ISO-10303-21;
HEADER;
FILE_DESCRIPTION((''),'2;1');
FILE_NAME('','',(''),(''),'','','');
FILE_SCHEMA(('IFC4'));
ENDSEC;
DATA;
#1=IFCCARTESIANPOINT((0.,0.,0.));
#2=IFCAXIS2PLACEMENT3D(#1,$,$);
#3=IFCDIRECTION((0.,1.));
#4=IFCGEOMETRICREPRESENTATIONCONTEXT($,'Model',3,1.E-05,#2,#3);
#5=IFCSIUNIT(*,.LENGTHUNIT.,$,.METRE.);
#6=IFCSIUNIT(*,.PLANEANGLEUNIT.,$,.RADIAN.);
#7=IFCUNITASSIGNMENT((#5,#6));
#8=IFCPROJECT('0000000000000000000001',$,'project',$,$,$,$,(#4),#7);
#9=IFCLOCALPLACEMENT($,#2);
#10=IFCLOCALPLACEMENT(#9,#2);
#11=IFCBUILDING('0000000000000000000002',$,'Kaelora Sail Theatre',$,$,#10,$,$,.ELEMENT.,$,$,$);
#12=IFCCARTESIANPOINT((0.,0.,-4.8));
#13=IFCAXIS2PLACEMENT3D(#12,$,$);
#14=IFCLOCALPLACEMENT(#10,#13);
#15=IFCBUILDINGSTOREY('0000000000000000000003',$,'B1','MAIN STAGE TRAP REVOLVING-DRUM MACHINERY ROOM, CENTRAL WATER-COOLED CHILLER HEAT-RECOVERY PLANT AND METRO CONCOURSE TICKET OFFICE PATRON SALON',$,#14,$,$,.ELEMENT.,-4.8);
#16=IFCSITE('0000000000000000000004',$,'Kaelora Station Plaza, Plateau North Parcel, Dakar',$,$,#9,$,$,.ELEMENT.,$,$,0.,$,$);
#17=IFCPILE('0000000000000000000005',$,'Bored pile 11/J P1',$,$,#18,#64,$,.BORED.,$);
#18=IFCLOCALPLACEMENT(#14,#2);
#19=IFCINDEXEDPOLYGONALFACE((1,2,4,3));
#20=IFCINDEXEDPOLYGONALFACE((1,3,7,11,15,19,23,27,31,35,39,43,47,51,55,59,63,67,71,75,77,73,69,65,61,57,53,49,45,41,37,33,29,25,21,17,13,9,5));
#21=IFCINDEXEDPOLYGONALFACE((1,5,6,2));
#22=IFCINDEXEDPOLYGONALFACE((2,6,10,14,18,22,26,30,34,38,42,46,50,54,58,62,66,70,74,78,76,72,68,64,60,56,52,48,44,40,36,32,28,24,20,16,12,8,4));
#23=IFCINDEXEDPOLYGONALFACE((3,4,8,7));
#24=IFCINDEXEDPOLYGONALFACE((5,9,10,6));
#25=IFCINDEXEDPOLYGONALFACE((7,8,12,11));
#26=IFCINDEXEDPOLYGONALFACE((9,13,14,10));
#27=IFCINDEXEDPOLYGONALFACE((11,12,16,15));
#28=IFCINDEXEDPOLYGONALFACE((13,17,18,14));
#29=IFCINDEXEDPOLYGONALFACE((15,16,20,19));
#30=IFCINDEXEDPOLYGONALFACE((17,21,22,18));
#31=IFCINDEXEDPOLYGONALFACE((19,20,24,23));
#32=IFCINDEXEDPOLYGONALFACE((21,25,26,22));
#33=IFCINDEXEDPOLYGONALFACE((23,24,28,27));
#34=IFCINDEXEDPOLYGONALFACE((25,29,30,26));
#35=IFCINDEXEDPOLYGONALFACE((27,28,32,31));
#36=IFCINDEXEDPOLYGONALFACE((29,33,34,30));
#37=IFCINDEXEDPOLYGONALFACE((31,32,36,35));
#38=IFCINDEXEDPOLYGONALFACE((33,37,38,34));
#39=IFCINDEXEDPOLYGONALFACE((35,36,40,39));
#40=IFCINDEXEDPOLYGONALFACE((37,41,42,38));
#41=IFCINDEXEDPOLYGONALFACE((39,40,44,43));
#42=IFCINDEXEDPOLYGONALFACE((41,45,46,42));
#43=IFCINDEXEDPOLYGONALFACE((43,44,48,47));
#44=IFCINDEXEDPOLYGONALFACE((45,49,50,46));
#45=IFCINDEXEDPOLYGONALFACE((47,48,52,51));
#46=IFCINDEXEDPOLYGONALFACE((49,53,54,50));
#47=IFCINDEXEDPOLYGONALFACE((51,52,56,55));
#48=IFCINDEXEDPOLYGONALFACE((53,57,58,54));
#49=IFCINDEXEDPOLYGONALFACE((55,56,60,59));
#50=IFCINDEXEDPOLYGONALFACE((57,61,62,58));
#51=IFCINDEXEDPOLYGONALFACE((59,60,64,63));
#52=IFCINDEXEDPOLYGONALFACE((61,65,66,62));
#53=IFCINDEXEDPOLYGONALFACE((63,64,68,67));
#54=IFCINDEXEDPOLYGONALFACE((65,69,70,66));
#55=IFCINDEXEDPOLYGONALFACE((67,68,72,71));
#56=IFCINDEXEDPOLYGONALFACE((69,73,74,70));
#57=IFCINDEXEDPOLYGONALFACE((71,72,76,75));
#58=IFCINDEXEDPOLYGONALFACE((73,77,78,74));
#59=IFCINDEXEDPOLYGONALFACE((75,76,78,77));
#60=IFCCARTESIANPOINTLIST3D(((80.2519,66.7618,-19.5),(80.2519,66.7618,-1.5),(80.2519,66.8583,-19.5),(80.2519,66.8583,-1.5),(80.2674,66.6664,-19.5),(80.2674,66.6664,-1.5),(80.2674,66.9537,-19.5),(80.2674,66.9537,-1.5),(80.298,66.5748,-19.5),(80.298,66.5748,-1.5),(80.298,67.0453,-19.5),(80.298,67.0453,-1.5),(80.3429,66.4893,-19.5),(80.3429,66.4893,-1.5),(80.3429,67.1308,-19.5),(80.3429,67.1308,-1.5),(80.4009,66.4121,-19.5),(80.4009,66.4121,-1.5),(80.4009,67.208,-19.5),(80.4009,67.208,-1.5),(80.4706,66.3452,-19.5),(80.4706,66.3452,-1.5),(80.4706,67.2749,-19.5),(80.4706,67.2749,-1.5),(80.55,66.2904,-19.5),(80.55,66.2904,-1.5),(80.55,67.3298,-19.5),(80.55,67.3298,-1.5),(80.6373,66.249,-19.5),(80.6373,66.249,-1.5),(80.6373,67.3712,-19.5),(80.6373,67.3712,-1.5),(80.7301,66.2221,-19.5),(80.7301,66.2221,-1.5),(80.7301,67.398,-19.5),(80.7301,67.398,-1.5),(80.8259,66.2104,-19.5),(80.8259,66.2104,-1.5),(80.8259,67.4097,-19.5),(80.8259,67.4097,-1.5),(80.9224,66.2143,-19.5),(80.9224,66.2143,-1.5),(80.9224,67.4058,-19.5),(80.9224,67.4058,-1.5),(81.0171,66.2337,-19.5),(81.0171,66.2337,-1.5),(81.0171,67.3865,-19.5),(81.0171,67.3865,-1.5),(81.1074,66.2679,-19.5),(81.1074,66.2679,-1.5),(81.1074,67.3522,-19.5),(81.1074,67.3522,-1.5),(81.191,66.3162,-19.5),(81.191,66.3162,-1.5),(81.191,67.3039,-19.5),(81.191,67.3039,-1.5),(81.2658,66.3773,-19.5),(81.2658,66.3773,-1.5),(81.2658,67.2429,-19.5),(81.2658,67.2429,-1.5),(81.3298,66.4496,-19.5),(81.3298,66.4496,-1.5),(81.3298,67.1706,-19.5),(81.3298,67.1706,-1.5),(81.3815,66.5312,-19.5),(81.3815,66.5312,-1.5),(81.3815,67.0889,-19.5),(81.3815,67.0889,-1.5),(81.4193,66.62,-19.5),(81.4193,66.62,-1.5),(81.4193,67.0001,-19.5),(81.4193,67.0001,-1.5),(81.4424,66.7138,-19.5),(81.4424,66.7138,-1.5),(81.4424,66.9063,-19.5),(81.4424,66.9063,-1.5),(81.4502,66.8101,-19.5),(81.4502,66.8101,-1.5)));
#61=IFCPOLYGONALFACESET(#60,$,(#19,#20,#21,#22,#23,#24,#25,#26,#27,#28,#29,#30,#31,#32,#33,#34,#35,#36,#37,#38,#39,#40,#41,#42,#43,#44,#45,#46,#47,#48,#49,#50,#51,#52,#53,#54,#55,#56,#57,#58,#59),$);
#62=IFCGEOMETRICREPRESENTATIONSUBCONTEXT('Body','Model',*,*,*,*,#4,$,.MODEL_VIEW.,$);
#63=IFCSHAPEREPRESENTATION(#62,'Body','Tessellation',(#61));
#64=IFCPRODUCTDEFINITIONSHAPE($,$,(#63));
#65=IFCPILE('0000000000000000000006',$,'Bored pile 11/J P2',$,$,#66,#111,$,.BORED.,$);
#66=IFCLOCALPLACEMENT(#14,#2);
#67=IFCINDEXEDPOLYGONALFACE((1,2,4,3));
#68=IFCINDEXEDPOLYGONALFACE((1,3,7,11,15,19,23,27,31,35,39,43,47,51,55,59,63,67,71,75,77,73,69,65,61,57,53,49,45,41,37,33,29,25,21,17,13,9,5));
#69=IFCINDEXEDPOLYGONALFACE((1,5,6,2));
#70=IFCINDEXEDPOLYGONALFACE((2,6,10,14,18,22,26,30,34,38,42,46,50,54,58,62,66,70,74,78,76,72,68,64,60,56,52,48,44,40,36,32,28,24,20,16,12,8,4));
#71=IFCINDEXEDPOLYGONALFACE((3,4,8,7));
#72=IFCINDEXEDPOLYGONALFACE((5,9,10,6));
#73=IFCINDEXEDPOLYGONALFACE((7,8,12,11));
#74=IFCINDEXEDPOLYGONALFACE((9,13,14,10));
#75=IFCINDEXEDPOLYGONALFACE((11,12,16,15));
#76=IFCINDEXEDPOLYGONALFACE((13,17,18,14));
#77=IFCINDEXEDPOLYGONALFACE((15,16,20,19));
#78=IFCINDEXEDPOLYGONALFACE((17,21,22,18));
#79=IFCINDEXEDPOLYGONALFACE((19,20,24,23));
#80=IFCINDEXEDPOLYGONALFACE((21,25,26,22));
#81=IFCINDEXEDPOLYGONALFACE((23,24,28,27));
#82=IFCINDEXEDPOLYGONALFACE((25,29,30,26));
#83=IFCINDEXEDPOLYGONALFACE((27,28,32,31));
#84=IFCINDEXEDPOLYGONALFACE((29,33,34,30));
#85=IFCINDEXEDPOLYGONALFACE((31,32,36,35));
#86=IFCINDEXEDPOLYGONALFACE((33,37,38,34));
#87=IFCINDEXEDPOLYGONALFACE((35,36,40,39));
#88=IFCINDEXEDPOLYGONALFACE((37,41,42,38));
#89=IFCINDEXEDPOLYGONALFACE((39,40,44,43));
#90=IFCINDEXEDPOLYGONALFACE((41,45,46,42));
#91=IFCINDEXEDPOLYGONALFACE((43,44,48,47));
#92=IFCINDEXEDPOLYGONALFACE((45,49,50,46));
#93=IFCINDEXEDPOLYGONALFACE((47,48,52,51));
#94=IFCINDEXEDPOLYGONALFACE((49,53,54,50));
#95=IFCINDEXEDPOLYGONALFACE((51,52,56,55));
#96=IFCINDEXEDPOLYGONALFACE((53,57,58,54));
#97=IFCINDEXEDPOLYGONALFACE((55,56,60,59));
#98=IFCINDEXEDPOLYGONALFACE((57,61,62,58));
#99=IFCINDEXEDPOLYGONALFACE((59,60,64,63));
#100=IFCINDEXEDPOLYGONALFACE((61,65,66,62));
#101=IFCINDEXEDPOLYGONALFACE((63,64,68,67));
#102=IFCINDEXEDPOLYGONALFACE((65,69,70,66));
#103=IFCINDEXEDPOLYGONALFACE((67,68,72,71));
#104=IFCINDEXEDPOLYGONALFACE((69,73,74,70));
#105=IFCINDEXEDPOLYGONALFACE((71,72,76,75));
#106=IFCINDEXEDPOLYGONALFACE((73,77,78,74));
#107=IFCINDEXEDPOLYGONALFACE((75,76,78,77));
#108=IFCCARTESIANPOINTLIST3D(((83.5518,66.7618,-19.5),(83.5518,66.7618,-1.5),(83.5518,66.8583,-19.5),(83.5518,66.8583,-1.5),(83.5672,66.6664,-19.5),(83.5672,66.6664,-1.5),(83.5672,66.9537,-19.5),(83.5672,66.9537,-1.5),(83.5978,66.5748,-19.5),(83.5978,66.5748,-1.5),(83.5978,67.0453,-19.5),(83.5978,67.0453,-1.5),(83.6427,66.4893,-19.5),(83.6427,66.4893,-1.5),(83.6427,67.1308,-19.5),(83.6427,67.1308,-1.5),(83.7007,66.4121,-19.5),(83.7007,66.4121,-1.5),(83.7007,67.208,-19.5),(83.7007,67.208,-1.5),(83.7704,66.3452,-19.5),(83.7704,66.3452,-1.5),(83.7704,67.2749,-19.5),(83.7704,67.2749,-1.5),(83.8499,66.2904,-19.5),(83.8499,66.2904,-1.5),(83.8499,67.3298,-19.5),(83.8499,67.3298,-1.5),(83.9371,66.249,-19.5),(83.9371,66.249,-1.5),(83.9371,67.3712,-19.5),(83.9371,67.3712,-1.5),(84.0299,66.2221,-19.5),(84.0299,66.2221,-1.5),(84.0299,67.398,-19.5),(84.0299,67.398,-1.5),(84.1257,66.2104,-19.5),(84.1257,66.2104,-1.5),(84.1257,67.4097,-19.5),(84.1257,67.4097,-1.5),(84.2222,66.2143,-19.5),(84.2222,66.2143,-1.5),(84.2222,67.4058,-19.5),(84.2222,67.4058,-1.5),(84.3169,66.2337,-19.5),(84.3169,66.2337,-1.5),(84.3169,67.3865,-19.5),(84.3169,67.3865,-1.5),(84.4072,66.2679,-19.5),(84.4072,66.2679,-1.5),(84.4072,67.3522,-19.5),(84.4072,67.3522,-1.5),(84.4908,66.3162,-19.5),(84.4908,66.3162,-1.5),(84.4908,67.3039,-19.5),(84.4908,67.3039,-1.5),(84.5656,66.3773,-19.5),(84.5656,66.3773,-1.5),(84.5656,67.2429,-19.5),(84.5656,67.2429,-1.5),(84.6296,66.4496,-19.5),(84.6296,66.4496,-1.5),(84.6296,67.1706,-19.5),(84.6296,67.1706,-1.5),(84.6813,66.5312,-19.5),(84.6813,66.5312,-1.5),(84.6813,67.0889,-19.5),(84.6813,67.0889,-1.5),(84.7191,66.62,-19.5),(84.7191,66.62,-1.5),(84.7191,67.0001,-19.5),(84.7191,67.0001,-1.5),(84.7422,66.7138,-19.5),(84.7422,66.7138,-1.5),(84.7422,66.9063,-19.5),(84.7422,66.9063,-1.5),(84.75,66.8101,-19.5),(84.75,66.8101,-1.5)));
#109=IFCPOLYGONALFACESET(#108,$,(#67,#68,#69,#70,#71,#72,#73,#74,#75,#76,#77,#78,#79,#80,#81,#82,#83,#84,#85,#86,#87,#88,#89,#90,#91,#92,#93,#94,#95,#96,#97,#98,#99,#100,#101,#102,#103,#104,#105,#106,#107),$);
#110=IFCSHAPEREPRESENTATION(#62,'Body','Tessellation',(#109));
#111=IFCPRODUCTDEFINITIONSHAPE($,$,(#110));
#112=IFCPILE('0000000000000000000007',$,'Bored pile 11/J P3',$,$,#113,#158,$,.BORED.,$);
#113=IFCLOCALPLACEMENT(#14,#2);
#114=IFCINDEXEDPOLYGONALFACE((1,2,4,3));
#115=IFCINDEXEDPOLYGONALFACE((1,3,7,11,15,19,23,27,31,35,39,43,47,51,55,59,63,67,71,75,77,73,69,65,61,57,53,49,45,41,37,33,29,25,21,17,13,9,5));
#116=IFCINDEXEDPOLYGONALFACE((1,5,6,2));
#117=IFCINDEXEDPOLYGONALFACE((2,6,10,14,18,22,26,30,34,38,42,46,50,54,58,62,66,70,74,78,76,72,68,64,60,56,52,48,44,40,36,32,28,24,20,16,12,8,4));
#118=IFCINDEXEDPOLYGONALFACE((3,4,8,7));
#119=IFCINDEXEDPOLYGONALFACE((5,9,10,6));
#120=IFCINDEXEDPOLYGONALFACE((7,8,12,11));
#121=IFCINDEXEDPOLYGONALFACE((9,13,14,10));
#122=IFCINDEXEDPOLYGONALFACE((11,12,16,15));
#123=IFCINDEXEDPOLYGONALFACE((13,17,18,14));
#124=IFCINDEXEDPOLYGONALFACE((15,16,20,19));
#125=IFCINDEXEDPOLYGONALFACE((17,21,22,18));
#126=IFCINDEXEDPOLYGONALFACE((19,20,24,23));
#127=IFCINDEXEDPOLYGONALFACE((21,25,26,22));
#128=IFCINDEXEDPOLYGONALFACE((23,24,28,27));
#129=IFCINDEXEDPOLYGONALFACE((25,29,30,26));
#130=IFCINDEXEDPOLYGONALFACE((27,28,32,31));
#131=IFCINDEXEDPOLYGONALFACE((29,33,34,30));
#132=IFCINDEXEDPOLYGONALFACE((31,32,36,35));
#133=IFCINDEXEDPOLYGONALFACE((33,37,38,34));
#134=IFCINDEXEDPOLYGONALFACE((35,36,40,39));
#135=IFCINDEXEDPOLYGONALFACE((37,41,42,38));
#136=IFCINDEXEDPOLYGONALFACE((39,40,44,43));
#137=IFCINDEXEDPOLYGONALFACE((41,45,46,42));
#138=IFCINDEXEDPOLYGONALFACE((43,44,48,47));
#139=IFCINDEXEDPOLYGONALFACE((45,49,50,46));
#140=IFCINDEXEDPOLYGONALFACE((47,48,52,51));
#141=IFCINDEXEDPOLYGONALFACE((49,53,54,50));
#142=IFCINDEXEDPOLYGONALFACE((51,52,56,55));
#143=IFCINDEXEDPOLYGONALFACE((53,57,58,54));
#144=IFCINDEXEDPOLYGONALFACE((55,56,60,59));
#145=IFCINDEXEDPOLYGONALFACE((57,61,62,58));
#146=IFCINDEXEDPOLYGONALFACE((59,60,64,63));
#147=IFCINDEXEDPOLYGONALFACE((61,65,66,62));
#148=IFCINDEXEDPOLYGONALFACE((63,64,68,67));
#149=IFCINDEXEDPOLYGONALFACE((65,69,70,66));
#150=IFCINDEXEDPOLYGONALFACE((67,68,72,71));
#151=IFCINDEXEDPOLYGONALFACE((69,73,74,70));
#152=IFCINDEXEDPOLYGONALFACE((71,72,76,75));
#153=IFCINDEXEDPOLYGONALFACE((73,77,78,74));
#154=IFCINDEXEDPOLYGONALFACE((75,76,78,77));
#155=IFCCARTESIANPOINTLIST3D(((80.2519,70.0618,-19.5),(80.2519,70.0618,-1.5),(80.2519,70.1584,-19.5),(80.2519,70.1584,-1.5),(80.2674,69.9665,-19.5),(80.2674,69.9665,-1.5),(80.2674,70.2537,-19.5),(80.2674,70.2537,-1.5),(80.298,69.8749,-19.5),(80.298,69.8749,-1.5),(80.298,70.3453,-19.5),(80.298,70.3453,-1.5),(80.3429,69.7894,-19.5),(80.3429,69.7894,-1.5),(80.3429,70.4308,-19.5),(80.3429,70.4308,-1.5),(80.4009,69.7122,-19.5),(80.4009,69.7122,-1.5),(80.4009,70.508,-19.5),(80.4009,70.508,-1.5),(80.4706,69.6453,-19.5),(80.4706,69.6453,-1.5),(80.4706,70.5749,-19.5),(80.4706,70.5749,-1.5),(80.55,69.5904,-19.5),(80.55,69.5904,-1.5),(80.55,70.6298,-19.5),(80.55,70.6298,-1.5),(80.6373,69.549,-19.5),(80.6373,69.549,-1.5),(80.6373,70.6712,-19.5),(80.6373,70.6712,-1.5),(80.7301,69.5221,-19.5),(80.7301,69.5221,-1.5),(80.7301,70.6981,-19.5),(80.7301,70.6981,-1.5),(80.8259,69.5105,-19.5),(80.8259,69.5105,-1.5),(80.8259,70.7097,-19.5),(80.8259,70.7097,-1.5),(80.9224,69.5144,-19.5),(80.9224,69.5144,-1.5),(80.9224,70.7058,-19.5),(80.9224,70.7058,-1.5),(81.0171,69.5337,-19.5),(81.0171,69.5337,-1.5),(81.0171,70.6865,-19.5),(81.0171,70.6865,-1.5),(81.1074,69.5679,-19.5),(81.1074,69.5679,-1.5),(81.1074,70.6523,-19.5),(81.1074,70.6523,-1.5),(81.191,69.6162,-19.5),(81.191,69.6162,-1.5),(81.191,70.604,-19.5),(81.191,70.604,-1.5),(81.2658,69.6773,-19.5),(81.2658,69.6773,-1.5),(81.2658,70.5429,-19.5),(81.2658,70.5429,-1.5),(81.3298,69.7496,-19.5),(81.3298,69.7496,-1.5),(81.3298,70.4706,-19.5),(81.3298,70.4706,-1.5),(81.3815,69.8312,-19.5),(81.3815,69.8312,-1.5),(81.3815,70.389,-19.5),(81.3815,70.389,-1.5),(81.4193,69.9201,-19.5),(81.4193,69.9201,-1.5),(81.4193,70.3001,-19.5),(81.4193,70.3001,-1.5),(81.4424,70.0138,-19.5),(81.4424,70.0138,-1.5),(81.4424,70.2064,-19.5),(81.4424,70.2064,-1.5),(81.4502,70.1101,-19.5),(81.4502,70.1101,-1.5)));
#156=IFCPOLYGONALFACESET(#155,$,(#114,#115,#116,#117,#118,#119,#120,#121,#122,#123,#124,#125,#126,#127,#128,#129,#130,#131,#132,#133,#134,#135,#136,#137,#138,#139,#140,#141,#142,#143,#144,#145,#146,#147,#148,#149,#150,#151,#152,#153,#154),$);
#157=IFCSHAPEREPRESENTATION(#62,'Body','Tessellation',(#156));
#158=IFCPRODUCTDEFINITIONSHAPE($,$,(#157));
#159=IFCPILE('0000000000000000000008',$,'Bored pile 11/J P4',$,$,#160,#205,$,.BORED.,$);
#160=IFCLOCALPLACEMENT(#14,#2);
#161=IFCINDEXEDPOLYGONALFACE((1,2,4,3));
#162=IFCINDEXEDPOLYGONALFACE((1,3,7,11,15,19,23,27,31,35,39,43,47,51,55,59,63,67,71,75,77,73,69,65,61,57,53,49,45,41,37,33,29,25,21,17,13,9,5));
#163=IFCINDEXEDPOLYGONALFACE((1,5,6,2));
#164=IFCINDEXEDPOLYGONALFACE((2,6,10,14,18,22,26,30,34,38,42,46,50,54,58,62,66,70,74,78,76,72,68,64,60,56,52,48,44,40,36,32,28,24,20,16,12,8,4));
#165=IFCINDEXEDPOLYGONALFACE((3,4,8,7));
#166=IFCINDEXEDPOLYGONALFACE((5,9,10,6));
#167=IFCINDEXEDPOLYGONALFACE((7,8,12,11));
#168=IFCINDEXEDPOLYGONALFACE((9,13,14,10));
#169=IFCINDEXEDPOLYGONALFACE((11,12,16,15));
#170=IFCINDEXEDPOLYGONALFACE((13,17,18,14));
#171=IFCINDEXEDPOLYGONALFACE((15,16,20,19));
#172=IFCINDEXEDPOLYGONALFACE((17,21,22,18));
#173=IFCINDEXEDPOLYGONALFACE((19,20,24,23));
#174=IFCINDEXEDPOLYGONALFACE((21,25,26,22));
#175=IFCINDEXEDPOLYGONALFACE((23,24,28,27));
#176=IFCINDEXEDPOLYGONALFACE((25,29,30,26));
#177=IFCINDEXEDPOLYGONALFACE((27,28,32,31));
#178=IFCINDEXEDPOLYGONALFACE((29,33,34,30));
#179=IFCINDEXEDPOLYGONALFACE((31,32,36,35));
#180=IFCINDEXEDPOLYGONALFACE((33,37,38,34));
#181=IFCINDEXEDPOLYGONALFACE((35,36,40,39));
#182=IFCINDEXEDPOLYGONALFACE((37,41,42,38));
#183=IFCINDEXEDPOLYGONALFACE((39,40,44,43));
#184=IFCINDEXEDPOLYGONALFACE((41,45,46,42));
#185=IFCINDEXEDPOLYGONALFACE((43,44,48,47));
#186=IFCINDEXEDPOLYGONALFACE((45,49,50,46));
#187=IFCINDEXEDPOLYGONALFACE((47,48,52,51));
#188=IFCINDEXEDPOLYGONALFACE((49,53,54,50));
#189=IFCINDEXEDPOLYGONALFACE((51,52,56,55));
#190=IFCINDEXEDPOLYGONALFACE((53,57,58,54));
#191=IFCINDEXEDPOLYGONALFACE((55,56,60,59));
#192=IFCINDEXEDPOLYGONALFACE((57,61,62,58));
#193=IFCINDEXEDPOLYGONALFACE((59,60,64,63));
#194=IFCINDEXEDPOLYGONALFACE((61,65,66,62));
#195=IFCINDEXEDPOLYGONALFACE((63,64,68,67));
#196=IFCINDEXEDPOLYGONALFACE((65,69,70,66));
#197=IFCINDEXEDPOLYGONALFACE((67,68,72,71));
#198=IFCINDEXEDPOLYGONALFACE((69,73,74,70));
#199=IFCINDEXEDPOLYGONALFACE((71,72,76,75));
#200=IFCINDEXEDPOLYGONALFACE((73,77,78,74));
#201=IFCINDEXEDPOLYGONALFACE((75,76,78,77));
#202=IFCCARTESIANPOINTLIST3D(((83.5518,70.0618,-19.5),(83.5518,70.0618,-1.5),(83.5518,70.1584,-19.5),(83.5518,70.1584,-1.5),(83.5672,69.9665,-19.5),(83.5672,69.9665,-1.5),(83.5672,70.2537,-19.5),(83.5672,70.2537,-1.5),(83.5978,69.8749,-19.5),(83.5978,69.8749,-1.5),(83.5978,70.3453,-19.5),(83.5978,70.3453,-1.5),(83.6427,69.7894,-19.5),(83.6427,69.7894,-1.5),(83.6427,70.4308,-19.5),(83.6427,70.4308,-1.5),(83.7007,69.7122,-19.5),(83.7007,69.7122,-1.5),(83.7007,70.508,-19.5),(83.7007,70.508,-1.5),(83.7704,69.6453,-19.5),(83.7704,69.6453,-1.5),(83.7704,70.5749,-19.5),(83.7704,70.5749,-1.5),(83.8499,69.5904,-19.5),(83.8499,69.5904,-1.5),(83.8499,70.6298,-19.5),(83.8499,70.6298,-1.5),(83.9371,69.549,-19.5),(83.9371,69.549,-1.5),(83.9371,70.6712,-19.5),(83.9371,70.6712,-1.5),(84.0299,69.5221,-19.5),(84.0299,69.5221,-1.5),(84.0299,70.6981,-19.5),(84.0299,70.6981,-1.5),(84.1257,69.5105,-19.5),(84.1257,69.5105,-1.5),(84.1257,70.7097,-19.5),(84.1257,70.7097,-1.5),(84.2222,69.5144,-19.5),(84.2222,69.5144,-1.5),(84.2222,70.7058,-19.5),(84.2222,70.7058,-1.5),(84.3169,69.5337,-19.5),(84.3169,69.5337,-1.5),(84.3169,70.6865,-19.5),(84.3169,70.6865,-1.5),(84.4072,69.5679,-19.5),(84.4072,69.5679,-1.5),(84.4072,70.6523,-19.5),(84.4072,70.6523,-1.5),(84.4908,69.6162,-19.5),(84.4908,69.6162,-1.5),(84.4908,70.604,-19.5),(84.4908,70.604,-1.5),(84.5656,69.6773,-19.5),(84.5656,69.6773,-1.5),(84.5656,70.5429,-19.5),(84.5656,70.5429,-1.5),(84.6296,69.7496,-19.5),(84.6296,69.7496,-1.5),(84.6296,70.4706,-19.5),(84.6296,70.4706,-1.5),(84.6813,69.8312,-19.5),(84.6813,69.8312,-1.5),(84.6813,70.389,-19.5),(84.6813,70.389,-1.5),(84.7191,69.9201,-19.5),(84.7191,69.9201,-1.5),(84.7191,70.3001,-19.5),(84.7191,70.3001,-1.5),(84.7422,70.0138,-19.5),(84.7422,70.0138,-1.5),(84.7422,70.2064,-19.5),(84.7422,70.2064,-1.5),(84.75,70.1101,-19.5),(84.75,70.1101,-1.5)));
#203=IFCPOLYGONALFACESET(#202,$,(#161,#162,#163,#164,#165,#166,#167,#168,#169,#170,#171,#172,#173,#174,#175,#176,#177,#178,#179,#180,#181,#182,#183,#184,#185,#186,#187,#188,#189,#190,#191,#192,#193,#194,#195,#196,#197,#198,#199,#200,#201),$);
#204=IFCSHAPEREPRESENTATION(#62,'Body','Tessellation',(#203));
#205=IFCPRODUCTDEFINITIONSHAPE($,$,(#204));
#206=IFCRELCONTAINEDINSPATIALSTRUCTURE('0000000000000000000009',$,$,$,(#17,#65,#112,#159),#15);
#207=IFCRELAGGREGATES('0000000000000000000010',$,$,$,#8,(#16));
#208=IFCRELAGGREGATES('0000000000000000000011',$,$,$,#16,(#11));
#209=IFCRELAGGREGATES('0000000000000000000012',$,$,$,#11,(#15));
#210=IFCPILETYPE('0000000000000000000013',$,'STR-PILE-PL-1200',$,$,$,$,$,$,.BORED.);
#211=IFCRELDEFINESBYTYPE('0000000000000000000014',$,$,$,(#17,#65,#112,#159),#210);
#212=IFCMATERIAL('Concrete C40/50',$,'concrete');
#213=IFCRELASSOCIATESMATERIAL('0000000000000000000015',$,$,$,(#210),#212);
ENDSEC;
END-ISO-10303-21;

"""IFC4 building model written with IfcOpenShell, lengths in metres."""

from ifc_helpers import new_model, si_unit, direction, frame, origin, origin_2d, place, context, subcontext, project, spatial, circle, extrude, material, material_profile, profile_set, type_object, element, save


model = new_model("IFC4")

# Units and contexts
model_context = context("Model", 3, precision=1e-05, world=origin(), true_north=direction((0.0, 1.0)))
body_context = subcontext(model_context, "Body", "Model", "MODEL_VIEW")
ifc_project = project(units=[si_unit("LENGTHUNIT", "METRE"), si_unit("PLANEANGLEUNIT", "RADIAN")], contexts=[model_context])

# Site, building, storey
site_placement = place(None, origin())
site = spatial("IfcSite", under=ifc_project, at=site_placement, Name="Kaelora Station Plaza, Plateau North Parcel, Dakar", CompositionType="ELEMENT", RefElevation=0.0)
building_placement = place(site_placement, origin())
building = spatial("IfcBuilding", under=site, at=building_placement, Name="Kaelora Sail Theatre", CompositionType="ELEMENT")
storey_placement = place(building_placement, frame((0.0, 0.0, -4.8)))
storey = spatial("IfcBuildingStorey", under=building, at=storey_placement, Name="B1", Description="MAIN STAGE TRAP REVOLVING-DRUM MACHINERY ROOM, CENTRAL WATER-COOLED CHILLER HEAT-RECOVERY PLANT AND METRO CONCOURSE TICKET OFFICE PATRON SALON", CompositionType="ELEMENT", Elevation=-4.8)

# Piles
ifc_material_1 = material(Name="Concrete C40/50", Category="concrete")
ifc_material_profile_1 = material_profile(ifc_material_1, circle(Radius=0.6001, at=origin_2d()), Name="PILE D1200")
ifc_profile_set_1 = profile_set([ifc_material_profile_1], Name="Concrete C40/50")
pile_type_1 = type_object("IfcPileType", Name="STR-PILE-PL-1200", PredefinedType="BORED", material=ifc_profile_set_1)
for number, where, z_axis, x_axis, name in (
    (1, (80.8501, 66.8101, -1.5), (0.0, 0.0, -1.0), (1.0, 0.0, 0.0), "Bored pile 11/J P1"),
    (2, (84.1499, 66.8101, -1.5), (0.0, 0.0, -1.0), (1.0, 0.0, 0.0), "Bored pile 11/J P2"),
    (3, (80.8501, 70.1101, -1.5), (0.0, 0.0, -1.0), (1.0, 0.0, 0.0), "Bored pile 11/J P3"),
    (4, (84.1499, 70.1101, -1.5), (0.0, 0.0, -1.0), (1.0, 0.0, 0.0), "Bored pile 11/J P4"),
):
    element("IfcPile", number, at=place(storey_placement, frame(where, z_axis=z_axis, x_axis=x_axis)), inside=storey, type_object=pile_type_1, Name=name, PredefinedType="BORED", context=body_context, shape_type="SweptSolid", body=[
        extrude(circle(Radius=0.6001, at=origin_2d()), origin(), (0.0, 0.0, 1.0), 18.0),
    ])

save(model, "model.ifc")
